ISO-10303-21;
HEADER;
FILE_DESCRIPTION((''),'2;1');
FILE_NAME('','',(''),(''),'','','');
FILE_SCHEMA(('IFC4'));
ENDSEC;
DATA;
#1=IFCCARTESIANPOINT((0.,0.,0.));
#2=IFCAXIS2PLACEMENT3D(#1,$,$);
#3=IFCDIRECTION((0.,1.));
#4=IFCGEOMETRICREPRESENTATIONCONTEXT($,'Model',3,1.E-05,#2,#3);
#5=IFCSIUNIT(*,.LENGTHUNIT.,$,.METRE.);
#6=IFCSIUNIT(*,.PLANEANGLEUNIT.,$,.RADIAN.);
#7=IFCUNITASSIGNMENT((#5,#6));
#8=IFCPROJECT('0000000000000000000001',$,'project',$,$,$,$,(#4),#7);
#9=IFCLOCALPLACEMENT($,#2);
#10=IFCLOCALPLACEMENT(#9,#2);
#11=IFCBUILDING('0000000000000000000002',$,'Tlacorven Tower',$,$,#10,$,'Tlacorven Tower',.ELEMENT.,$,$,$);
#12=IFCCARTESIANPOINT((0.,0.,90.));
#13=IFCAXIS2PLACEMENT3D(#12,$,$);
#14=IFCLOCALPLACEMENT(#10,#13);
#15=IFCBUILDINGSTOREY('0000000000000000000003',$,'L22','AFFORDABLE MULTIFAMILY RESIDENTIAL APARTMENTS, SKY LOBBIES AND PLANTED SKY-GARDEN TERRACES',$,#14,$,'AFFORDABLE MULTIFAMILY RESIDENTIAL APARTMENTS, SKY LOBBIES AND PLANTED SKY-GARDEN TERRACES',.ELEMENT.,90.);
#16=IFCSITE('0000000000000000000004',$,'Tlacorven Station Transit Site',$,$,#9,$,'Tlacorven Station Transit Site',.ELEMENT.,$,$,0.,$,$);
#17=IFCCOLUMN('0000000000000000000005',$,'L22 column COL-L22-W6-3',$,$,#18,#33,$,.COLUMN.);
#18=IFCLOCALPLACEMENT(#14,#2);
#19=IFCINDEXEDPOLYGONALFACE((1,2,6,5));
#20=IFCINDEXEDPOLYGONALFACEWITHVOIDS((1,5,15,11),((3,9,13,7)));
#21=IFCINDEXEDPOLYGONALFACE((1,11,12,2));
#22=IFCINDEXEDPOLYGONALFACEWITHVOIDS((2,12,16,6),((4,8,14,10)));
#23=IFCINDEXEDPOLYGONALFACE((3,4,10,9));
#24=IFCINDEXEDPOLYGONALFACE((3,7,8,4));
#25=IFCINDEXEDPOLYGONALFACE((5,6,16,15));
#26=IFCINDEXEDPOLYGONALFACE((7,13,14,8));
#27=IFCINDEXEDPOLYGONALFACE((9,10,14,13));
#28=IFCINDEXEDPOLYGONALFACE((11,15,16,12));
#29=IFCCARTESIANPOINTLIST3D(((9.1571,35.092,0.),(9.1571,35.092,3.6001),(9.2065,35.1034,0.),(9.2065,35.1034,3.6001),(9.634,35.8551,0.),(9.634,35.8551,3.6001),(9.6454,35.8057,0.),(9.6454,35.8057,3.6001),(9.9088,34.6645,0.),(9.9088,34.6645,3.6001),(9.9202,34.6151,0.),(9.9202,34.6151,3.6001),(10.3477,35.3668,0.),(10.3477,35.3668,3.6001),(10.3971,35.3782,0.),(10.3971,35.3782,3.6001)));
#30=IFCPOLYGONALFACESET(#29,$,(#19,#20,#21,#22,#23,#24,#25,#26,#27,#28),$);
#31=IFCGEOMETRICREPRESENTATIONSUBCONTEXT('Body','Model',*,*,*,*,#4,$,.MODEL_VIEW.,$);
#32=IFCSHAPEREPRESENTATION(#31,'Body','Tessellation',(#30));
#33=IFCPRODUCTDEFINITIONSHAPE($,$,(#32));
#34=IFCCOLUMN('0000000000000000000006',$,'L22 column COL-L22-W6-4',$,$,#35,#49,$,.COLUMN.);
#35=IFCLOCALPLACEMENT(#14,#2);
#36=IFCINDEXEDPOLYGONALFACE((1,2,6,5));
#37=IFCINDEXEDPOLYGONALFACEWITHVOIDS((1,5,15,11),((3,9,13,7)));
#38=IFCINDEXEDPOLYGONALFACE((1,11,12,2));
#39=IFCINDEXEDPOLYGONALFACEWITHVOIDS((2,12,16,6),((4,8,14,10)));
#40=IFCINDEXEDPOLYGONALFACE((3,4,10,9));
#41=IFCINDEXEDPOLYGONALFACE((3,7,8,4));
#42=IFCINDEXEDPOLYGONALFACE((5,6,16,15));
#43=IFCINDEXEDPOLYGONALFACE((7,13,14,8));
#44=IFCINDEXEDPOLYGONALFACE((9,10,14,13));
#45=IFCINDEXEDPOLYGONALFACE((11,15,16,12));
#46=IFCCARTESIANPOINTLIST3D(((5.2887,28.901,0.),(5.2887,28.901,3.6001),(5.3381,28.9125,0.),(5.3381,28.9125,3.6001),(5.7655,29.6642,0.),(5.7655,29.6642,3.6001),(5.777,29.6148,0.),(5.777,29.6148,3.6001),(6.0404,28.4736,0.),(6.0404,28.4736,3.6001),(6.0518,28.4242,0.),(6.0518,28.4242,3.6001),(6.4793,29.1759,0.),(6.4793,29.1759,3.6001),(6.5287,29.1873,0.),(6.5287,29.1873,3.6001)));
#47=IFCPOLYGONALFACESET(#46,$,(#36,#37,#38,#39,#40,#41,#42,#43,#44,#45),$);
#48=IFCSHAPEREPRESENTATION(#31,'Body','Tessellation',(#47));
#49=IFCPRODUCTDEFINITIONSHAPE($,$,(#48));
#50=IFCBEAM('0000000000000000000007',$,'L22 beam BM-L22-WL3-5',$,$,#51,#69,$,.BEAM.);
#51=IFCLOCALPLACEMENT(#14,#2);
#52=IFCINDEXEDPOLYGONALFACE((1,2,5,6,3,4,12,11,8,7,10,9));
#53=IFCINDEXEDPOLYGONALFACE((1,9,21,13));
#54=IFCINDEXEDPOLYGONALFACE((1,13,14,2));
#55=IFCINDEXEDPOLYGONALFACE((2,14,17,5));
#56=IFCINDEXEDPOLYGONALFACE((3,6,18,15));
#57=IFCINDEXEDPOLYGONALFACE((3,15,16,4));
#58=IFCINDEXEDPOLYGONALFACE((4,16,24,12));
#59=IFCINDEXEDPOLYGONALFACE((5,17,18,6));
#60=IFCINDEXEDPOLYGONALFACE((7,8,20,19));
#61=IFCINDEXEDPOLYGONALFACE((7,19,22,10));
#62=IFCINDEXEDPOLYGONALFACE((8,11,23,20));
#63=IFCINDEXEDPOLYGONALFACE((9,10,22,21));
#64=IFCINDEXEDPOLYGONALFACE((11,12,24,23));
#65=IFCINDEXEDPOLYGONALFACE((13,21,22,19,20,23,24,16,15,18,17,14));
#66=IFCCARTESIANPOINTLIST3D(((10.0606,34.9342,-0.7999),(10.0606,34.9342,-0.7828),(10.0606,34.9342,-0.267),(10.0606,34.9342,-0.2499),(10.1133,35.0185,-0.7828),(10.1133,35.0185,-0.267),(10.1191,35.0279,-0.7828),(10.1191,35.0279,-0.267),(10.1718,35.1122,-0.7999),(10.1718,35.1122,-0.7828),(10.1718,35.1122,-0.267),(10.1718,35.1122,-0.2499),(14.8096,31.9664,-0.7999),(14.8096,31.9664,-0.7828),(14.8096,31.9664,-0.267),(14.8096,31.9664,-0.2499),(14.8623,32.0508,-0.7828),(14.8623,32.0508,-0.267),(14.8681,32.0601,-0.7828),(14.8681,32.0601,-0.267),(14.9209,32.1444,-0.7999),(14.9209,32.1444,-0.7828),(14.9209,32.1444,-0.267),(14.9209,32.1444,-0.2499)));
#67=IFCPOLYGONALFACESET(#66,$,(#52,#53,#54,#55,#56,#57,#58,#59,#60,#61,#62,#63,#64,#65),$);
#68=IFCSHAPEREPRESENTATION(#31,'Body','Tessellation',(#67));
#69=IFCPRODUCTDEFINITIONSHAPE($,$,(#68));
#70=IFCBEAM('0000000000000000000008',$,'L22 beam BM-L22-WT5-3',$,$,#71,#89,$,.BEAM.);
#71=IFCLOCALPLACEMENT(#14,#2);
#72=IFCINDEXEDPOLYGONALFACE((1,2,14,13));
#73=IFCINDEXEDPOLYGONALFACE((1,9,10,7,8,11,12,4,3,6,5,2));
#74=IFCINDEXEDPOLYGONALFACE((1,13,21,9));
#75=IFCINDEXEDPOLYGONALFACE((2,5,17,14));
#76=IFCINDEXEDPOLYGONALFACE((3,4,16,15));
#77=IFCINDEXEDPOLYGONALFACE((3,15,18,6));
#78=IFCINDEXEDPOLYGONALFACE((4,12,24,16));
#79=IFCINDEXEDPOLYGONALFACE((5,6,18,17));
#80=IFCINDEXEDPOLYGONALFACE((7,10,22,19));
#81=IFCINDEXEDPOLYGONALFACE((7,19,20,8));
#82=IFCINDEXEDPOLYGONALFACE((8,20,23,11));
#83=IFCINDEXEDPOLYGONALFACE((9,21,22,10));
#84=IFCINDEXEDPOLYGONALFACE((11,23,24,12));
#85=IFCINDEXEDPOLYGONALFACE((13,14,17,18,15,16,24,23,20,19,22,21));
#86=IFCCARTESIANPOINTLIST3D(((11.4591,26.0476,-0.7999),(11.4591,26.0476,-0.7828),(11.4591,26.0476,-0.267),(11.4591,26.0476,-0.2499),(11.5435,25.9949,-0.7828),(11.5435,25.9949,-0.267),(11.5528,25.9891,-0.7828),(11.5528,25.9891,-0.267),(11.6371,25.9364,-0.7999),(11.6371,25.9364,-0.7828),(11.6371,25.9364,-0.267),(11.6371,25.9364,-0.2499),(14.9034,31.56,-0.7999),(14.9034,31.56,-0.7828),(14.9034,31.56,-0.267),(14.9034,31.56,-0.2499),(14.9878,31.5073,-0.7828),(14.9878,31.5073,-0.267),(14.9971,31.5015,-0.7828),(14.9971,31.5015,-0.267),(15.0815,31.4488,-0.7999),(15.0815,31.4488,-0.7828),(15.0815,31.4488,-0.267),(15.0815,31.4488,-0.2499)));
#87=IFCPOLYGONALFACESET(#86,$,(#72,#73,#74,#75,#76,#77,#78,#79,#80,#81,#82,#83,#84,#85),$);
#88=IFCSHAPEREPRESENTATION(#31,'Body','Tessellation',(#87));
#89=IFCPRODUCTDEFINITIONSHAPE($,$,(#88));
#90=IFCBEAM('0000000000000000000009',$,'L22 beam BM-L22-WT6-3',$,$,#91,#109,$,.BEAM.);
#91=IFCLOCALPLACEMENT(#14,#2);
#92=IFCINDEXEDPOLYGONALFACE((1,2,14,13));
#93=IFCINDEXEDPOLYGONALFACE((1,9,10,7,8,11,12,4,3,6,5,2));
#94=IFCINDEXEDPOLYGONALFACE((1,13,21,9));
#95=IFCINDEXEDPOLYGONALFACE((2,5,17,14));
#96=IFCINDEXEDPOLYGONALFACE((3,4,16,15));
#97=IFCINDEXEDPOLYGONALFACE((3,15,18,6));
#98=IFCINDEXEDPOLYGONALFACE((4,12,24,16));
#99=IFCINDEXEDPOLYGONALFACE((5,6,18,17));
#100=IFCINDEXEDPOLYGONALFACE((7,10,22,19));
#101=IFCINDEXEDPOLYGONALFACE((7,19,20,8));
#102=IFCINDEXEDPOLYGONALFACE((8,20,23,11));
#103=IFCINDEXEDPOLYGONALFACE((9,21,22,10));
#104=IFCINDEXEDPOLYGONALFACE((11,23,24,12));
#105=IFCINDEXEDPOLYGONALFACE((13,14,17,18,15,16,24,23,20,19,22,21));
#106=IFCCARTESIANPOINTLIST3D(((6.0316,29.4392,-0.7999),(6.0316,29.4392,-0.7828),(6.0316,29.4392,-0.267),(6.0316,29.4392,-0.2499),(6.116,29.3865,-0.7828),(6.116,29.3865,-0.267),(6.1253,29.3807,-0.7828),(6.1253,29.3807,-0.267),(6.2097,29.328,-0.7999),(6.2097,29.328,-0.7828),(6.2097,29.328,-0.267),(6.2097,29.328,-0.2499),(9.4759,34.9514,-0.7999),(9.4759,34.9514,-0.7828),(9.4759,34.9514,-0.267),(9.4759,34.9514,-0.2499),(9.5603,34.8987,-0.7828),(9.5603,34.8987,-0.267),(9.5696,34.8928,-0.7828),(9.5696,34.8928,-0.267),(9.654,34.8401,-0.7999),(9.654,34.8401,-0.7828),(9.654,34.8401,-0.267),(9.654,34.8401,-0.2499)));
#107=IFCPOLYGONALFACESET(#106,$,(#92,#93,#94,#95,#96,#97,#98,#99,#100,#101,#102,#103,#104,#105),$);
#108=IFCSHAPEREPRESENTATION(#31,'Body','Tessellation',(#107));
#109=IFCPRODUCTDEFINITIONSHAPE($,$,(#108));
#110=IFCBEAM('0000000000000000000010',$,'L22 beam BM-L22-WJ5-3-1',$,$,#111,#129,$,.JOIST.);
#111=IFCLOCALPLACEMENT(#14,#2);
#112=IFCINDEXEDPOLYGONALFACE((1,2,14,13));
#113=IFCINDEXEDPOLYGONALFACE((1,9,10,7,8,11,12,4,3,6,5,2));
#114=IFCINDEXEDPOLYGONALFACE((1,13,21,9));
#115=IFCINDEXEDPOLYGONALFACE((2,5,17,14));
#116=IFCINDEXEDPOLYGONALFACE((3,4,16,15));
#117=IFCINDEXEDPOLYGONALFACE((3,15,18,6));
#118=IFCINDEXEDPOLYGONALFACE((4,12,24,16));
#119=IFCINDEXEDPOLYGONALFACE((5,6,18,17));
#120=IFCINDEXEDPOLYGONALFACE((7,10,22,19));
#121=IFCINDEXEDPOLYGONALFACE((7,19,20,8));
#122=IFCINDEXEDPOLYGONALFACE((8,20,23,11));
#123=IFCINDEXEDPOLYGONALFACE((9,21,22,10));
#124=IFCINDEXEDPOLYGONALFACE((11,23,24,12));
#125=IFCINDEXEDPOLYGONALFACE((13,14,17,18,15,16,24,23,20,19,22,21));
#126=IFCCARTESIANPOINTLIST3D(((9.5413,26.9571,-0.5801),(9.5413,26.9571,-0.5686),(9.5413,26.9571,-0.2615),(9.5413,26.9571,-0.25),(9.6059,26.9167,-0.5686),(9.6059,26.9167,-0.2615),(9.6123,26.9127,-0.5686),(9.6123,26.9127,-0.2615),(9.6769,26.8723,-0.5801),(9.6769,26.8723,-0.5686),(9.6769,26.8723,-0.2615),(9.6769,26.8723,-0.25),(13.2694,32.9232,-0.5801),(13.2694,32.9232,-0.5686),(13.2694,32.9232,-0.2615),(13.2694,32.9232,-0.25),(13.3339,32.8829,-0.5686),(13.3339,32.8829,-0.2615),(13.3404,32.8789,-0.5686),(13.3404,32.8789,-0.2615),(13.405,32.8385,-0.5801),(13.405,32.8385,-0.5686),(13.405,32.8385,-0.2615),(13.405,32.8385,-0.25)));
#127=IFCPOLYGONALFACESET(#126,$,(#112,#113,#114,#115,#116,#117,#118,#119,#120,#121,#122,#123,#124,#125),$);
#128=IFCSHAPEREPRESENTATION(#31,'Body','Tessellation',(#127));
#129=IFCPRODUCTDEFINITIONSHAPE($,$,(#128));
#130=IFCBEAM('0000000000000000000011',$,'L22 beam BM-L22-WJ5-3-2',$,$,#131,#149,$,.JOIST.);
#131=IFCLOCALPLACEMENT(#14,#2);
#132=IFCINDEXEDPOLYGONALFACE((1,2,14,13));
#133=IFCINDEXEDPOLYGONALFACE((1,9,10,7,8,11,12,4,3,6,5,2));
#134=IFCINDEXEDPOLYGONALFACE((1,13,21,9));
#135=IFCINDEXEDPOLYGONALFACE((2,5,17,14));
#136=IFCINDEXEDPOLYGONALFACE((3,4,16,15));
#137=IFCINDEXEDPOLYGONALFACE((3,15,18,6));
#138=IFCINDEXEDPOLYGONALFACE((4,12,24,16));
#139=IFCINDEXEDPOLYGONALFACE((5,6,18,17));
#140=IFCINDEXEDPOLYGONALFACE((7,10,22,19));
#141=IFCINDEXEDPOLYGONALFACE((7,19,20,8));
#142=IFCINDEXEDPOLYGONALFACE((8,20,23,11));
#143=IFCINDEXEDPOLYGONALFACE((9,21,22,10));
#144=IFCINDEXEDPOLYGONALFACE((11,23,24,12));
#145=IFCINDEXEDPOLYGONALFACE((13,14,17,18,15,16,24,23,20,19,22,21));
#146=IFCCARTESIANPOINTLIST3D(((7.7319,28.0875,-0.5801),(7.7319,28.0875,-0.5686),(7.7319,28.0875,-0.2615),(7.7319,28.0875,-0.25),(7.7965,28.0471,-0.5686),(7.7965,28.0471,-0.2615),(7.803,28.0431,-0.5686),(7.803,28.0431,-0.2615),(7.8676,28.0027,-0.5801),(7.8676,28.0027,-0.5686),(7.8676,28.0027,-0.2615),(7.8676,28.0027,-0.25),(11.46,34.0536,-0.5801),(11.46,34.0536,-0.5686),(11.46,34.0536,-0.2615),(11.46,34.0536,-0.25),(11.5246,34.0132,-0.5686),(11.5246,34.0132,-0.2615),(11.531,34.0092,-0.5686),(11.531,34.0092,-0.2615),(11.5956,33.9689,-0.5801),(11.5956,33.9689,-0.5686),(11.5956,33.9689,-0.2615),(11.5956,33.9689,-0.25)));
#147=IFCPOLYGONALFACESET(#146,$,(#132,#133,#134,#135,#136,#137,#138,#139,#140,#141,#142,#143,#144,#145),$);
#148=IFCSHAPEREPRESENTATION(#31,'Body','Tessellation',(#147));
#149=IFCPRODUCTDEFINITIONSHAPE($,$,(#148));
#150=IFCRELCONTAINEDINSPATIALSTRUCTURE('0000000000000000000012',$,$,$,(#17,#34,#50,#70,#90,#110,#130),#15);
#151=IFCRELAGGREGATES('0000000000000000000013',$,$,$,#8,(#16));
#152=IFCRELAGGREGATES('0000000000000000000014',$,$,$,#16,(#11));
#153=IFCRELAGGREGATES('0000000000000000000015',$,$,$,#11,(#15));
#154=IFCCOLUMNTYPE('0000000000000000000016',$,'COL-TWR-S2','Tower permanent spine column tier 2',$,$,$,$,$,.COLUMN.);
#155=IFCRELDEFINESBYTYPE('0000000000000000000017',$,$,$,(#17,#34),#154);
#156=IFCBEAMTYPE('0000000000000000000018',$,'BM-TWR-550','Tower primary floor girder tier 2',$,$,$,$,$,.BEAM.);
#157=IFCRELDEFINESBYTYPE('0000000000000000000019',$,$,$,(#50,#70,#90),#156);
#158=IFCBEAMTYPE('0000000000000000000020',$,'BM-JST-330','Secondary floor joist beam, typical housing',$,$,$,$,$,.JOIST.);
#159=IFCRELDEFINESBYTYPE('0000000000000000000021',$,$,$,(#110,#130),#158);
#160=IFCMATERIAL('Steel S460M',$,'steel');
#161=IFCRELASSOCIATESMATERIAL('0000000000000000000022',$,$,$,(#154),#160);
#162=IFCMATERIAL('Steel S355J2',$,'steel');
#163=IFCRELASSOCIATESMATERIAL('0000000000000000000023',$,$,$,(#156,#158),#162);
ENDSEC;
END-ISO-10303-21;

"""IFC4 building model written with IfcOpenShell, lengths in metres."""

from ifc_helpers import new_model, si_unit, direction, frame, origin, origin_2d, place, context, subcontext, project, spatial, hollow_rectangle, i_section, extrude, source, transform, mapped, material, material_profile, profile_set, type_object, element, save


model = new_model("IFC4")

# Units and contexts
model_context = context("Model", 3, precision=1e-05, world=origin(), true_north=direction((0.0, 1.0)))
body_context = subcontext(model_context, "Body", "Model", "MODEL_VIEW")
ifc_project = project(units=[si_unit("LENGTHUNIT", "METRE"), si_unit("PLANEANGLEUNIT", "RADIAN")], contexts=[model_context])

# Site, building, storey
site_placement = place(None, origin())
site = spatial("IfcSite", under=ifc_project, at=site_placement, Name="Tlacorven Station Transit Site", LongName="Tlacorven Station Transit Site", CompositionType="ELEMENT", RefElevation=0.0)
building_placement = place(site_placement, origin())
building = spatial("IfcBuilding", under=site, at=building_placement, Name="Tlacorven Tower", LongName="Tlacorven Tower", CompositionType="ELEMENT")
storey_placement = place(building_placement, frame((0.0, 0.0, 90.0)))
storey = spatial("IfcBuildingStorey", under=building, at=storey_placement, Name="L22", Description="AFFORDABLE MULTIFAMILY RESIDENTIAL APARTMENTS, SKY LOBBIES AND PLANTED SKY-GARDEN TERRACES", LongName="AFFORDABLE MULTIFAMILY RESIDENTIAL APARTMENTS, SKY LOBBIES AND PLANTED SKY-GARDEN TERRACES", CompositionType="ELEMENT", Elevation=90.0)

# Columns
ifc_material_1 = material(Name="Steel S460M", Category="steel")
ifc_material_profile_1 = material_profile(ifc_material_1, hollow_rectangle(XDim=0.8999, YDim=0.8999, WallThickness=0.0359, at=origin_2d()), Name="BOX 900X900X36")
ifc_profile_set_1 = profile_set([ifc_material_profile_1], Name="Steel S460M")
column_type = type_object("IfcColumnType", Name="COL-TWR-S2", Description="Tower permanent spine column tier 2", PredefinedType="COLUMN", material=ifc_profile_set_1)
shared_shape_1 = source(origin(), body_context, "Body", "SweptSolid", [
    extrude(hollow_rectangle(XDim=0.8999, YDim=0.8999, WallThickness=0.0359, at=origin_2d()), origin(), (0.0, 0.0, 1.0), 3.6001),
])
for number, where, z_axis, x_axis, name in (
    (1, (9.7771, 35.2351, 0.0), (0.0, 0.0, 1.0), (-0.848048, 0.529919, 0.0), "L22 column COL-L22-W6-3"),
    (2, (5.9087, 29.0442, 0.0), (0.0, 0.0, 1.0), (-0.848048, 0.529919, 0.0), "L22 column COL-L22-W6-4"),
):
    element("IfcColumn", number, at=place(storey_placement, frame(where, z_axis=z_axis, x_axis=x_axis)), inside=storey, type_object=column_type, Name=name, PredefinedType="COLUMN", context=body_context, shape_type="MappedRepresentation", body=[
        mapped(shared_shape_1, transform((0.0, 0.0, 0.0), scale=1.0)),
    ])

# Beams
ifc_material_2 = material(Name="Steel S355J2", Category="steel")
ifc_material_profile_2 = material_profile(ifc_material_2, i_section(OverallWidth=0.21, OverallDepth=0.55, WebThickness=0.011, FlangeThickness=0.0171, at=origin_2d()), Name="IPE 550")
ifc_profile_set_2 = profile_set([ifc_material_profile_2], Name="Steel S355J2")
beam_type_1 = type_object("IfcBeamType", Name="BM-TWR-550", Description="Tower primary floor girder tier 2", PredefinedType="BEAM", material=ifc_profile_set_2)
shared_shape_2 = source(origin(), body_context, "Body", "SweptSolid", [
    extrude(i_section(OverallWidth=0.21, OverallDepth=0.55, WebThickness=0.011, FlangeThickness=0.0171, at=origin_2d()), origin(), (0.0, 0.0, 1.0), 5.6001),
])
beam_1_placement = place(storey_placement, frame((14.8652, 32.0554, -0.5249), z_axis=(-0.848028, 0.529952, 0.0), x_axis=(-0.529952, -0.848028, 0.0)))
element("IfcBeam", 3, at=beam_1_placement, inside=storey, type_object=beam_type_1, Name="L22 beam BM-L22-WL3-5", PredefinedType="BEAM", context=body_context, shape_type="MappedRepresentation", body=[
    mapped(shared_shape_2, transform((0.0, 0.0, 0.0), scale=1.0)),
])
shared_shape_3 = source(origin(), body_context, "Body", "SweptSolid", [
    extrude(i_section(OverallWidth=0.21, OverallDepth=0.55, WebThickness=0.011, FlangeThickness=0.0171, at=origin_2d()), origin(), (0.0, 0.0, 1.0), 6.5),
])
beam_2_placement = place(storey_placement, frame((14.9924, 31.5044, -0.5249), z_axis=(-0.529894, -0.848064, 0.0), x_axis=(0.848064, -0.529894, 0.0)))
element("IfcBeam", 4, at=beam_2_placement, inside=storey, type_object=beam_type_1, Name="L22 beam BM-L22-WT5-3", PredefinedType="BEAM", context=body_context, shape_type="MappedRepresentation", body=[
    mapped(shared_shape_3, transform((0.0, 0.0, 0.0), scale=1.0)),
])
shared_shape_4 = source(origin(), body_context, "Body", "SweptSolid", [
    extrude(i_section(OverallWidth=0.21, OverallDepth=0.55, WebThickness=0.011, FlangeThickness=0.0171, at=origin_2d()), origin(), (0.0, 0.0, 1.0), 6.4998),
])
beam_3_placement = place(storey_placement, frame((9.5649, 34.8958, -0.5249), z_axis=(-0.529911, -0.848053, 0.0), x_axis=(0.848053, -0.529911, 0.0)))
element("IfcBeam", 5, at=beam_3_placement, inside=storey, type_object=beam_type_1, Name="L22 beam BM-L22-WT6-3", PredefinedType="BEAM", context=body_context, shape_type="MappedRepresentation", body=[
    mapped(shared_shape_4, transform((0.0, 0.0, 0.0), scale=1.0)),
])
ifc_material_profile_3 = material_profile(ifc_material_2, i_section(OverallWidth=0.1599, OverallDepth=0.3301, WebThickness=0.0076, FlangeThickness=0.0115, at=origin_2d()), Name="IPE 330")
ifc_profile_set_3 = profile_set([ifc_material_profile_3], Name="Steel S355J2")
beam_type_2 = type_object("IfcBeamType", Name="BM-JST-330", Description="Secondary floor joist beam, typical housing", PredefinedType="JOIST", material=ifc_profile_set_3)
shared_shape_5 = source(origin(), body_context, "Body", "SweptSolid", [
    extrude(i_section(OverallWidth=0.1599, OverallDepth=0.3301, WebThickness=0.0076, FlangeThickness=0.0115, at=origin_2d()), origin(), (0.0, 0.0, 1.0), 7.0352),
])
for number, where, z_axis, x_axis, name in (
    (6, (13.3372, 32.8809, -0.415), (-0.529921, -0.848047, 0.0), (0.848047, -0.529921, 0.0), "L22 beam BM-L22-WJ5-3-1"),
    (7, (11.5278, 34.0112, -0.415), (-0.529921, -0.848047, 0.0), (0.848047, -0.529921, 0.0), "L22 beam BM-L22-WJ5-3-2"),
):
    element("IfcBeam", number, at=place(storey_placement, frame(where, z_axis=z_axis, x_axis=x_axis)), inside=storey, type_object=beam_type_2, Name=name, PredefinedType="JOIST", context=body_context, shape_type="MappedRepresentation", body=[
        mapped(shared_shape_5, transform((0.0, 0.0, 0.0), scale=1.0)),
    ])

save(model, "model.ifc")
